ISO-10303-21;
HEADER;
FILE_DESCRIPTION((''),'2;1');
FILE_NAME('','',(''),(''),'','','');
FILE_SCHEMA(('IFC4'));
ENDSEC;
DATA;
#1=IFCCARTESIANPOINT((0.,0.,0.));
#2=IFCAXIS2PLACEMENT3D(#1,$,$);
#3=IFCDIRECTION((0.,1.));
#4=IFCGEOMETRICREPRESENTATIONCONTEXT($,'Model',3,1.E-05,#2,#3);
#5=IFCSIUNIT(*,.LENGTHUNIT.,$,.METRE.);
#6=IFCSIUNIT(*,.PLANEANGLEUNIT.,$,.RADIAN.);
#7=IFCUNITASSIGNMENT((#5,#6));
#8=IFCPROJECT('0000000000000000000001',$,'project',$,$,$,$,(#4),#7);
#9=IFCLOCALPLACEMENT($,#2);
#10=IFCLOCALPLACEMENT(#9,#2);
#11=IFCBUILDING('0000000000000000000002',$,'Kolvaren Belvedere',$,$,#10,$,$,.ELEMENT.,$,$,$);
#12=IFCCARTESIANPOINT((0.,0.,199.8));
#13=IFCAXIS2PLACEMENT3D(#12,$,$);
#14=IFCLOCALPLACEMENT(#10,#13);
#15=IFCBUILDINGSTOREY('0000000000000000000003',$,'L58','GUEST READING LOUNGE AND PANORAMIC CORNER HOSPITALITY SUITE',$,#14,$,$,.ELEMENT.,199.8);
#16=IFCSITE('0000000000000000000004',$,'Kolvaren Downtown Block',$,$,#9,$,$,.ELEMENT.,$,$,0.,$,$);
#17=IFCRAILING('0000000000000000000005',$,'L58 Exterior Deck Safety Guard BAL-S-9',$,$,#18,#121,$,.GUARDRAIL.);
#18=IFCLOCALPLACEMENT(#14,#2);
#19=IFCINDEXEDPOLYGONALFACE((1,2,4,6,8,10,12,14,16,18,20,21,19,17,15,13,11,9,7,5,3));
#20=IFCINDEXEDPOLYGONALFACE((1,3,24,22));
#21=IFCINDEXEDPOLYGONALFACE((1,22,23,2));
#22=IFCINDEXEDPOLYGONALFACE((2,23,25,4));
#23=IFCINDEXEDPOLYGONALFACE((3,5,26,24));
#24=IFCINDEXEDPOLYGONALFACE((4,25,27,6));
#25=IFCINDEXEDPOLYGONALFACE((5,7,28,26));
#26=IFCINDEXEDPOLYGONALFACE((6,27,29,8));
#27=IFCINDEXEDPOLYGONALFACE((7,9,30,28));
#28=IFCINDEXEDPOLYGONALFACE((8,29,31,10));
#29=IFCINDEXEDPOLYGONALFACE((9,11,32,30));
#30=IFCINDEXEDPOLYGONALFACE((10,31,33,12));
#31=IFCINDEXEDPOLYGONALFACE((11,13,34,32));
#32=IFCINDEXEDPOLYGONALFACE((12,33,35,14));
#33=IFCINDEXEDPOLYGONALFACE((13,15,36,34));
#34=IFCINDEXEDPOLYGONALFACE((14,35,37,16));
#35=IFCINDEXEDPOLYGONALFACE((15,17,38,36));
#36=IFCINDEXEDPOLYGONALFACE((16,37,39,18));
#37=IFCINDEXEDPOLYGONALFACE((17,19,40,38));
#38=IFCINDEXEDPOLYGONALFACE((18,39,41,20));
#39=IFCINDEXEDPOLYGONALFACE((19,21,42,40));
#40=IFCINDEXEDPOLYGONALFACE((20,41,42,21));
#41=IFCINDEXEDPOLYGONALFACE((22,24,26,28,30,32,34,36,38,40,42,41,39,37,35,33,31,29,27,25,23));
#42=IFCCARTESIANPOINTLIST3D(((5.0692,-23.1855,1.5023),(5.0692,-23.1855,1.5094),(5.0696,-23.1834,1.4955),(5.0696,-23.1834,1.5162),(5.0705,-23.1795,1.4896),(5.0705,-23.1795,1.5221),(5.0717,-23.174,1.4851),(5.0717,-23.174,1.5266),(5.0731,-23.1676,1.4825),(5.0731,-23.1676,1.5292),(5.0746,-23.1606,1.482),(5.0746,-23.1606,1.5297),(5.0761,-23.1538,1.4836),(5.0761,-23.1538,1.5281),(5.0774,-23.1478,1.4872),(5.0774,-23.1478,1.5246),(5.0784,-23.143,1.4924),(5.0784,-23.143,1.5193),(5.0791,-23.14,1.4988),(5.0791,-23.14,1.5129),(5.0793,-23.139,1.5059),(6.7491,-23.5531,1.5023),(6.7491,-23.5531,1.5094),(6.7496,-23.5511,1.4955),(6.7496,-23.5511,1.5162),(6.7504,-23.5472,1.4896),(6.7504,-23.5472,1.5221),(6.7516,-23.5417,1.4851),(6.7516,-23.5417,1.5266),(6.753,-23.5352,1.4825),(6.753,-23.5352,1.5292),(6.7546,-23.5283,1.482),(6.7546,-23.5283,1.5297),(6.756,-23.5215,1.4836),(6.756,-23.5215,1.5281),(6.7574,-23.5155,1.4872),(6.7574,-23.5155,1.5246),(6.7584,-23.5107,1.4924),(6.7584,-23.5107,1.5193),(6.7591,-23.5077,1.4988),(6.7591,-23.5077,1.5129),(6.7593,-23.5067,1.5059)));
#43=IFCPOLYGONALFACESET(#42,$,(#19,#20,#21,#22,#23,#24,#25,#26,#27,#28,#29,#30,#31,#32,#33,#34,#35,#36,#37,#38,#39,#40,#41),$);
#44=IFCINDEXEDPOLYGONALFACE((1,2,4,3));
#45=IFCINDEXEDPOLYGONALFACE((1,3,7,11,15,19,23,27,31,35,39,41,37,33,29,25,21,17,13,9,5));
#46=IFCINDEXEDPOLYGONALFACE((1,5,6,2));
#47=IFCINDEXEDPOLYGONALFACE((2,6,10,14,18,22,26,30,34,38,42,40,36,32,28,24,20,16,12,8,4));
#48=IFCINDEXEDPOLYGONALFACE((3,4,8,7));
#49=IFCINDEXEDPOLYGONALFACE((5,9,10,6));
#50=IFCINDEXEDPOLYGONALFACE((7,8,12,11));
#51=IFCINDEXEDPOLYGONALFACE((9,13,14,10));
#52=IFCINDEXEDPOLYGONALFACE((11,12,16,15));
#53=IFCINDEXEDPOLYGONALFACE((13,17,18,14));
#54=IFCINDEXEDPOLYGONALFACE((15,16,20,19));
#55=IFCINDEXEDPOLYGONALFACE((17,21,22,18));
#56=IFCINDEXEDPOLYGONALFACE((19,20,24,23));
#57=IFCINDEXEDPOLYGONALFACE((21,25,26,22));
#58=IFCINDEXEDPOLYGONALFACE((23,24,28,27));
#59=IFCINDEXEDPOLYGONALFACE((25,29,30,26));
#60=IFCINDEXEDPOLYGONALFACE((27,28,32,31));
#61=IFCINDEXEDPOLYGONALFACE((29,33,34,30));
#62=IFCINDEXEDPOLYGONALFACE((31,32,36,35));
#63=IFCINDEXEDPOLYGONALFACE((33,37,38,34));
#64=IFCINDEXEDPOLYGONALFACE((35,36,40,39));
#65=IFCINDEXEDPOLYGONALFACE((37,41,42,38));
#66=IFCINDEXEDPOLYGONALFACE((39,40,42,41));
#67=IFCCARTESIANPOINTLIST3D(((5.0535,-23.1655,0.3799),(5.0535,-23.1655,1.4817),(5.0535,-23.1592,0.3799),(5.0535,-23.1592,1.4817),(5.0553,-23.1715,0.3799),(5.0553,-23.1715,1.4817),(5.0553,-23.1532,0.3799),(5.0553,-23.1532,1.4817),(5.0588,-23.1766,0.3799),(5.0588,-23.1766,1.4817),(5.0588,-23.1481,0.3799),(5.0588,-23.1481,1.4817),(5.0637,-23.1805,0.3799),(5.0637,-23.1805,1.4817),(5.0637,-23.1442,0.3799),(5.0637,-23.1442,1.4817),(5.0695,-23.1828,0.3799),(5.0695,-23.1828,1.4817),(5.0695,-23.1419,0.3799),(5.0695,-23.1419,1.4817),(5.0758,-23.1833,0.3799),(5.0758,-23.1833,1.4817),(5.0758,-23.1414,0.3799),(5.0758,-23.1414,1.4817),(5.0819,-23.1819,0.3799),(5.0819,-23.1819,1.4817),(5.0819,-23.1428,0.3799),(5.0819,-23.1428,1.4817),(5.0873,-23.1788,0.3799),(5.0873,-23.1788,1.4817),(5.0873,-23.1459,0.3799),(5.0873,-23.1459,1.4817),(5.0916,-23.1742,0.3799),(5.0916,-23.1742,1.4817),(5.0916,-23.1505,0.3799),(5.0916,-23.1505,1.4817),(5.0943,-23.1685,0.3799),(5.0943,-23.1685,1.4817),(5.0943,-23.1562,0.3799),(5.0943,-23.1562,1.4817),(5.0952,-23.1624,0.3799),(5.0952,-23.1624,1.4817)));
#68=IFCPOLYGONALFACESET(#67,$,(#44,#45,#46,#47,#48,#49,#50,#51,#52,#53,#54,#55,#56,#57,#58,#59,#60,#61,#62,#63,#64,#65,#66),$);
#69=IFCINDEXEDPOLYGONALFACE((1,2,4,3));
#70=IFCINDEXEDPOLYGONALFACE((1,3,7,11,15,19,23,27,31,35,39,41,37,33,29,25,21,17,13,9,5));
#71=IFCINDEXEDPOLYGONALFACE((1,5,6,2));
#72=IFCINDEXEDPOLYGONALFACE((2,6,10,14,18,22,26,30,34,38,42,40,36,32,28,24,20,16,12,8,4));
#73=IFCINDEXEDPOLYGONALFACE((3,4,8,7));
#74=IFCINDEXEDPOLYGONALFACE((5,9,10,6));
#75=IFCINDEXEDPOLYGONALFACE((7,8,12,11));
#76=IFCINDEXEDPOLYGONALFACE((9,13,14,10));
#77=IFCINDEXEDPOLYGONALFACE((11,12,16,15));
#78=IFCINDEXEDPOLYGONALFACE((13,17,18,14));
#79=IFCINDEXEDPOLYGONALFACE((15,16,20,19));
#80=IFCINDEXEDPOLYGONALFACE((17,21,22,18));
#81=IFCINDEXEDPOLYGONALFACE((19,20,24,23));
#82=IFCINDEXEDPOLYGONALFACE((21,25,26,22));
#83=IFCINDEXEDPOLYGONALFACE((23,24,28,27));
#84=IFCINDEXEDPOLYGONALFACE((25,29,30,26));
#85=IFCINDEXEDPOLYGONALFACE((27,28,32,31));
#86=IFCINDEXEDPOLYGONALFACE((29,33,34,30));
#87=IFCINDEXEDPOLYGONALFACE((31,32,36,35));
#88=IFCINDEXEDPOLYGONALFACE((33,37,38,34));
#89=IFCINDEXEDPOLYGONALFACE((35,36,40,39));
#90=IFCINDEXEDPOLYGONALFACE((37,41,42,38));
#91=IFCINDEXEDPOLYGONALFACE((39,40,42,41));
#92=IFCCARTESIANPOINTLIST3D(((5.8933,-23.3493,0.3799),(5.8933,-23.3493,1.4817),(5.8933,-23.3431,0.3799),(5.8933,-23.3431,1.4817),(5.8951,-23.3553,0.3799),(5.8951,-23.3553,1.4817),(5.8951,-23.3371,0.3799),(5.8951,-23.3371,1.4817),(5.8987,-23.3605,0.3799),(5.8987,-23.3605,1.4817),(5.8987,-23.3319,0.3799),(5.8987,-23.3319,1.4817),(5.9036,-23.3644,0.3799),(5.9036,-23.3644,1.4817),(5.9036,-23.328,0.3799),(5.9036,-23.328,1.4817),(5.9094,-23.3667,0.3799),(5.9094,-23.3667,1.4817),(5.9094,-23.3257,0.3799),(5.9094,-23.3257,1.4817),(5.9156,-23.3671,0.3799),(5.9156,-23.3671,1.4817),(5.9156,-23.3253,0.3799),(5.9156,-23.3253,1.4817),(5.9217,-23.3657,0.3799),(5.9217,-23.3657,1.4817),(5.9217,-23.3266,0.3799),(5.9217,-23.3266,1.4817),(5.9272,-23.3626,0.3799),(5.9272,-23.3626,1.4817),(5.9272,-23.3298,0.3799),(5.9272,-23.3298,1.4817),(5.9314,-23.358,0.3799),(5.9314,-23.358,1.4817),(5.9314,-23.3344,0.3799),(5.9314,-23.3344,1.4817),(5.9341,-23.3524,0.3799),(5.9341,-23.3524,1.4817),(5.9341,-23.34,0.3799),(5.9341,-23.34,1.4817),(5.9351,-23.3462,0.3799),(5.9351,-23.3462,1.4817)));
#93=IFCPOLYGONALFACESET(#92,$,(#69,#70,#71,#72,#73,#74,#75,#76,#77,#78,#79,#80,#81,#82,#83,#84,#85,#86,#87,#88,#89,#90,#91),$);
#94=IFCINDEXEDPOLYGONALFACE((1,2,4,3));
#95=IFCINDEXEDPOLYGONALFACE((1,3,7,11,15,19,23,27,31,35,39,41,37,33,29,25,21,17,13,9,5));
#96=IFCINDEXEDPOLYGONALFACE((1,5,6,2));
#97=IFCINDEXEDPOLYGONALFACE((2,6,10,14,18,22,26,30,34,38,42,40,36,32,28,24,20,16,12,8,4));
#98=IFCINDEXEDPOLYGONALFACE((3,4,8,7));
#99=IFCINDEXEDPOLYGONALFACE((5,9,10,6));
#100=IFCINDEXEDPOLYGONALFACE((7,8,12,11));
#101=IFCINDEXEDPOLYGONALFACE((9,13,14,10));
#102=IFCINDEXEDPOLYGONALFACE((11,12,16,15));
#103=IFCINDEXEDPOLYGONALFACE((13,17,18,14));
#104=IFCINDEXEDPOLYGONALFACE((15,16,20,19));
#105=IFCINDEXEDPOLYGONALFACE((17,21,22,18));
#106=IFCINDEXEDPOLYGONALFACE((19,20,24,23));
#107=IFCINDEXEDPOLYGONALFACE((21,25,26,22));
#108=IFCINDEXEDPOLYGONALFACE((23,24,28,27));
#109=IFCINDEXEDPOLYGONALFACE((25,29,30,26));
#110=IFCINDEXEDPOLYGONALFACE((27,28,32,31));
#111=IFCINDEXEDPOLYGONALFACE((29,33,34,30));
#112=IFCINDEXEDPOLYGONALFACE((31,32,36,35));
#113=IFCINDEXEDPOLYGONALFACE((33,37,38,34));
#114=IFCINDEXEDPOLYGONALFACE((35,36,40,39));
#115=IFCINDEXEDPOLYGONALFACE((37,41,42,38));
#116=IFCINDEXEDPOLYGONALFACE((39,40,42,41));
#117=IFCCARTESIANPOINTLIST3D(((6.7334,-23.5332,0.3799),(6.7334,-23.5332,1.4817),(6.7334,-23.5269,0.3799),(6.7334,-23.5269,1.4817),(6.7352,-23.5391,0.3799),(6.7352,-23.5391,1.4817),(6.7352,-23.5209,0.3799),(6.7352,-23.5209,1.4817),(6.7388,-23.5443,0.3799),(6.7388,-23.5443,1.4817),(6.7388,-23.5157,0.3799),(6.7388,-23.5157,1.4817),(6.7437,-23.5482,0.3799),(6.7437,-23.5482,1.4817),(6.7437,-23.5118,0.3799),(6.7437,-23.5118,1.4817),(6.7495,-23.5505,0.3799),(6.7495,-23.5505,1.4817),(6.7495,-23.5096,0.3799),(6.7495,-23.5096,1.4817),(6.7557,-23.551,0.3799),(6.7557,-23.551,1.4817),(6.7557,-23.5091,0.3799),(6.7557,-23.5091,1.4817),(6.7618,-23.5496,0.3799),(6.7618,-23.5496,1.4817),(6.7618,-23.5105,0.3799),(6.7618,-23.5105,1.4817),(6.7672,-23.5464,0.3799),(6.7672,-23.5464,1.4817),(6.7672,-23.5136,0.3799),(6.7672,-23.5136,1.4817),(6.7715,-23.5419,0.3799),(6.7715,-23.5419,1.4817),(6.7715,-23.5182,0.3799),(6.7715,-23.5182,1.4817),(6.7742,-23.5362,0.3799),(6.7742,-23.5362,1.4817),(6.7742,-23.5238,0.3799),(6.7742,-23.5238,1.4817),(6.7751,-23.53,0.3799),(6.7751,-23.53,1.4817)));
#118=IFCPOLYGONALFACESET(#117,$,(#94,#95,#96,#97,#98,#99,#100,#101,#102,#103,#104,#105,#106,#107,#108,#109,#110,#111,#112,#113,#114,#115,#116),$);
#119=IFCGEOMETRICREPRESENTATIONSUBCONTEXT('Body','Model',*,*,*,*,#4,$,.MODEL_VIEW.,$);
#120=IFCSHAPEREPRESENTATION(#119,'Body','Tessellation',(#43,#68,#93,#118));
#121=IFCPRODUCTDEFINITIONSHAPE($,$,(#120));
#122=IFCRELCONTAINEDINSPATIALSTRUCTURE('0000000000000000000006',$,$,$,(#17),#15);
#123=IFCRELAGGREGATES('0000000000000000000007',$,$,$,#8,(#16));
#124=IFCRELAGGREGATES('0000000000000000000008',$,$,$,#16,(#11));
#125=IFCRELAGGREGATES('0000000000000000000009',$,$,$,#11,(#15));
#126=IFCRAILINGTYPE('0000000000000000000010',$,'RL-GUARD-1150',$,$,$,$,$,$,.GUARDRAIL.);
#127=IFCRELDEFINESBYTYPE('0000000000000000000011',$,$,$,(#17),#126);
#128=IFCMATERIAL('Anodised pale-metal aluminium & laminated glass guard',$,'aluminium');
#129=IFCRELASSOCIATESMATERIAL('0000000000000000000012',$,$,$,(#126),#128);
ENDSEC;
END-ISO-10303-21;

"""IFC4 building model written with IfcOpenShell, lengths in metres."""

from ifc_helpers import new_model, si_unit, direction, frame, origin, origin_2d, place, context, subcontext, project, spatial, circle, extrude, material, type_object, element, save


model = new_model("IFC4")

# Units and contexts
model_context = context("Model", 3, precision=1e-05, world=origin(), true_north=direction((0.0, 1.0)))
body_context = subcontext(model_context, "Body", "Model", "MODEL_VIEW")
ifc_project = project(units=[si_unit("LENGTHUNIT", "METRE"), si_unit("PLANEANGLEUNIT", "RADIAN")], contexts=[model_context])

# Site, building, storey
site_placement = place(None, origin())
site = spatial("IfcSite", under=ifc_project, at=site_placement, Name="Kolvaren Downtown Block", CompositionType="ELEMENT", RefElevation=0.0)
building_placement = place(site_placement, origin())
building = spatial("IfcBuilding", under=site, at=building_placement, Name="Kolvaren Belvedere", CompositionType="ELEMENT")
storey_placement = place(building_placement, frame((0.0, 0.0, 199.8)))
storey = spatial("IfcBuildingStorey", under=building, at=storey_placement, Name="L58", Description="GUEST READING LOUNGE AND PANORAMIC CORNER HOSPITALITY SUITE", CompositionType="ELEMENT", Elevation=199.8)

# Railing
ifc_material_1 = material(Name="Anodised pale-metal aluminium & laminated glass guard", Category="aluminium")
railing_type = type_object("IfcRailingType", Name="RL-GUARD-1150", PredefinedType="GUARDRAIL", material=ifc_material_1)
railing_1_placement = place(storey_placement, frame((5.0742, -23.1624, 0.3799)))
element("IfcRailing", 1, at=railing_1_placement, inside=storey, type_object=railing_type, Name="L58 Exterior Deck Safety Guard BAL-S-9", PredefinedType="GUARDRAIL", context=body_context, shape_type="SweptSolid", body=[
    extrude(circle(Radius=0.0239, at=origin_2d()), frame((0.0, 0.0, 1.126), z_axis=(0.976877, -0.213803, 0.0), x_axis=(0.213803, 0.976877, 0.0)), (0.0, 0.0, 1.0), 1.7197),
    extrude(circle(Radius=0.021, at=origin_2d()), origin(), (0.0, 0.0, 1.0), 1.1018),
    extrude(circle(Radius=0.021, at=origin_2d()), frame((0.8398, -0.1838, 0.0)), (0.0, 0.0, 1.0), 1.1018),
    extrude(circle(Radius=0.021, at=origin_2d()), frame((1.6799, -0.3677, 0.0)), (0.0, 0.0, 1.0), 1.1018),
])

save(model, "model.ifc")
